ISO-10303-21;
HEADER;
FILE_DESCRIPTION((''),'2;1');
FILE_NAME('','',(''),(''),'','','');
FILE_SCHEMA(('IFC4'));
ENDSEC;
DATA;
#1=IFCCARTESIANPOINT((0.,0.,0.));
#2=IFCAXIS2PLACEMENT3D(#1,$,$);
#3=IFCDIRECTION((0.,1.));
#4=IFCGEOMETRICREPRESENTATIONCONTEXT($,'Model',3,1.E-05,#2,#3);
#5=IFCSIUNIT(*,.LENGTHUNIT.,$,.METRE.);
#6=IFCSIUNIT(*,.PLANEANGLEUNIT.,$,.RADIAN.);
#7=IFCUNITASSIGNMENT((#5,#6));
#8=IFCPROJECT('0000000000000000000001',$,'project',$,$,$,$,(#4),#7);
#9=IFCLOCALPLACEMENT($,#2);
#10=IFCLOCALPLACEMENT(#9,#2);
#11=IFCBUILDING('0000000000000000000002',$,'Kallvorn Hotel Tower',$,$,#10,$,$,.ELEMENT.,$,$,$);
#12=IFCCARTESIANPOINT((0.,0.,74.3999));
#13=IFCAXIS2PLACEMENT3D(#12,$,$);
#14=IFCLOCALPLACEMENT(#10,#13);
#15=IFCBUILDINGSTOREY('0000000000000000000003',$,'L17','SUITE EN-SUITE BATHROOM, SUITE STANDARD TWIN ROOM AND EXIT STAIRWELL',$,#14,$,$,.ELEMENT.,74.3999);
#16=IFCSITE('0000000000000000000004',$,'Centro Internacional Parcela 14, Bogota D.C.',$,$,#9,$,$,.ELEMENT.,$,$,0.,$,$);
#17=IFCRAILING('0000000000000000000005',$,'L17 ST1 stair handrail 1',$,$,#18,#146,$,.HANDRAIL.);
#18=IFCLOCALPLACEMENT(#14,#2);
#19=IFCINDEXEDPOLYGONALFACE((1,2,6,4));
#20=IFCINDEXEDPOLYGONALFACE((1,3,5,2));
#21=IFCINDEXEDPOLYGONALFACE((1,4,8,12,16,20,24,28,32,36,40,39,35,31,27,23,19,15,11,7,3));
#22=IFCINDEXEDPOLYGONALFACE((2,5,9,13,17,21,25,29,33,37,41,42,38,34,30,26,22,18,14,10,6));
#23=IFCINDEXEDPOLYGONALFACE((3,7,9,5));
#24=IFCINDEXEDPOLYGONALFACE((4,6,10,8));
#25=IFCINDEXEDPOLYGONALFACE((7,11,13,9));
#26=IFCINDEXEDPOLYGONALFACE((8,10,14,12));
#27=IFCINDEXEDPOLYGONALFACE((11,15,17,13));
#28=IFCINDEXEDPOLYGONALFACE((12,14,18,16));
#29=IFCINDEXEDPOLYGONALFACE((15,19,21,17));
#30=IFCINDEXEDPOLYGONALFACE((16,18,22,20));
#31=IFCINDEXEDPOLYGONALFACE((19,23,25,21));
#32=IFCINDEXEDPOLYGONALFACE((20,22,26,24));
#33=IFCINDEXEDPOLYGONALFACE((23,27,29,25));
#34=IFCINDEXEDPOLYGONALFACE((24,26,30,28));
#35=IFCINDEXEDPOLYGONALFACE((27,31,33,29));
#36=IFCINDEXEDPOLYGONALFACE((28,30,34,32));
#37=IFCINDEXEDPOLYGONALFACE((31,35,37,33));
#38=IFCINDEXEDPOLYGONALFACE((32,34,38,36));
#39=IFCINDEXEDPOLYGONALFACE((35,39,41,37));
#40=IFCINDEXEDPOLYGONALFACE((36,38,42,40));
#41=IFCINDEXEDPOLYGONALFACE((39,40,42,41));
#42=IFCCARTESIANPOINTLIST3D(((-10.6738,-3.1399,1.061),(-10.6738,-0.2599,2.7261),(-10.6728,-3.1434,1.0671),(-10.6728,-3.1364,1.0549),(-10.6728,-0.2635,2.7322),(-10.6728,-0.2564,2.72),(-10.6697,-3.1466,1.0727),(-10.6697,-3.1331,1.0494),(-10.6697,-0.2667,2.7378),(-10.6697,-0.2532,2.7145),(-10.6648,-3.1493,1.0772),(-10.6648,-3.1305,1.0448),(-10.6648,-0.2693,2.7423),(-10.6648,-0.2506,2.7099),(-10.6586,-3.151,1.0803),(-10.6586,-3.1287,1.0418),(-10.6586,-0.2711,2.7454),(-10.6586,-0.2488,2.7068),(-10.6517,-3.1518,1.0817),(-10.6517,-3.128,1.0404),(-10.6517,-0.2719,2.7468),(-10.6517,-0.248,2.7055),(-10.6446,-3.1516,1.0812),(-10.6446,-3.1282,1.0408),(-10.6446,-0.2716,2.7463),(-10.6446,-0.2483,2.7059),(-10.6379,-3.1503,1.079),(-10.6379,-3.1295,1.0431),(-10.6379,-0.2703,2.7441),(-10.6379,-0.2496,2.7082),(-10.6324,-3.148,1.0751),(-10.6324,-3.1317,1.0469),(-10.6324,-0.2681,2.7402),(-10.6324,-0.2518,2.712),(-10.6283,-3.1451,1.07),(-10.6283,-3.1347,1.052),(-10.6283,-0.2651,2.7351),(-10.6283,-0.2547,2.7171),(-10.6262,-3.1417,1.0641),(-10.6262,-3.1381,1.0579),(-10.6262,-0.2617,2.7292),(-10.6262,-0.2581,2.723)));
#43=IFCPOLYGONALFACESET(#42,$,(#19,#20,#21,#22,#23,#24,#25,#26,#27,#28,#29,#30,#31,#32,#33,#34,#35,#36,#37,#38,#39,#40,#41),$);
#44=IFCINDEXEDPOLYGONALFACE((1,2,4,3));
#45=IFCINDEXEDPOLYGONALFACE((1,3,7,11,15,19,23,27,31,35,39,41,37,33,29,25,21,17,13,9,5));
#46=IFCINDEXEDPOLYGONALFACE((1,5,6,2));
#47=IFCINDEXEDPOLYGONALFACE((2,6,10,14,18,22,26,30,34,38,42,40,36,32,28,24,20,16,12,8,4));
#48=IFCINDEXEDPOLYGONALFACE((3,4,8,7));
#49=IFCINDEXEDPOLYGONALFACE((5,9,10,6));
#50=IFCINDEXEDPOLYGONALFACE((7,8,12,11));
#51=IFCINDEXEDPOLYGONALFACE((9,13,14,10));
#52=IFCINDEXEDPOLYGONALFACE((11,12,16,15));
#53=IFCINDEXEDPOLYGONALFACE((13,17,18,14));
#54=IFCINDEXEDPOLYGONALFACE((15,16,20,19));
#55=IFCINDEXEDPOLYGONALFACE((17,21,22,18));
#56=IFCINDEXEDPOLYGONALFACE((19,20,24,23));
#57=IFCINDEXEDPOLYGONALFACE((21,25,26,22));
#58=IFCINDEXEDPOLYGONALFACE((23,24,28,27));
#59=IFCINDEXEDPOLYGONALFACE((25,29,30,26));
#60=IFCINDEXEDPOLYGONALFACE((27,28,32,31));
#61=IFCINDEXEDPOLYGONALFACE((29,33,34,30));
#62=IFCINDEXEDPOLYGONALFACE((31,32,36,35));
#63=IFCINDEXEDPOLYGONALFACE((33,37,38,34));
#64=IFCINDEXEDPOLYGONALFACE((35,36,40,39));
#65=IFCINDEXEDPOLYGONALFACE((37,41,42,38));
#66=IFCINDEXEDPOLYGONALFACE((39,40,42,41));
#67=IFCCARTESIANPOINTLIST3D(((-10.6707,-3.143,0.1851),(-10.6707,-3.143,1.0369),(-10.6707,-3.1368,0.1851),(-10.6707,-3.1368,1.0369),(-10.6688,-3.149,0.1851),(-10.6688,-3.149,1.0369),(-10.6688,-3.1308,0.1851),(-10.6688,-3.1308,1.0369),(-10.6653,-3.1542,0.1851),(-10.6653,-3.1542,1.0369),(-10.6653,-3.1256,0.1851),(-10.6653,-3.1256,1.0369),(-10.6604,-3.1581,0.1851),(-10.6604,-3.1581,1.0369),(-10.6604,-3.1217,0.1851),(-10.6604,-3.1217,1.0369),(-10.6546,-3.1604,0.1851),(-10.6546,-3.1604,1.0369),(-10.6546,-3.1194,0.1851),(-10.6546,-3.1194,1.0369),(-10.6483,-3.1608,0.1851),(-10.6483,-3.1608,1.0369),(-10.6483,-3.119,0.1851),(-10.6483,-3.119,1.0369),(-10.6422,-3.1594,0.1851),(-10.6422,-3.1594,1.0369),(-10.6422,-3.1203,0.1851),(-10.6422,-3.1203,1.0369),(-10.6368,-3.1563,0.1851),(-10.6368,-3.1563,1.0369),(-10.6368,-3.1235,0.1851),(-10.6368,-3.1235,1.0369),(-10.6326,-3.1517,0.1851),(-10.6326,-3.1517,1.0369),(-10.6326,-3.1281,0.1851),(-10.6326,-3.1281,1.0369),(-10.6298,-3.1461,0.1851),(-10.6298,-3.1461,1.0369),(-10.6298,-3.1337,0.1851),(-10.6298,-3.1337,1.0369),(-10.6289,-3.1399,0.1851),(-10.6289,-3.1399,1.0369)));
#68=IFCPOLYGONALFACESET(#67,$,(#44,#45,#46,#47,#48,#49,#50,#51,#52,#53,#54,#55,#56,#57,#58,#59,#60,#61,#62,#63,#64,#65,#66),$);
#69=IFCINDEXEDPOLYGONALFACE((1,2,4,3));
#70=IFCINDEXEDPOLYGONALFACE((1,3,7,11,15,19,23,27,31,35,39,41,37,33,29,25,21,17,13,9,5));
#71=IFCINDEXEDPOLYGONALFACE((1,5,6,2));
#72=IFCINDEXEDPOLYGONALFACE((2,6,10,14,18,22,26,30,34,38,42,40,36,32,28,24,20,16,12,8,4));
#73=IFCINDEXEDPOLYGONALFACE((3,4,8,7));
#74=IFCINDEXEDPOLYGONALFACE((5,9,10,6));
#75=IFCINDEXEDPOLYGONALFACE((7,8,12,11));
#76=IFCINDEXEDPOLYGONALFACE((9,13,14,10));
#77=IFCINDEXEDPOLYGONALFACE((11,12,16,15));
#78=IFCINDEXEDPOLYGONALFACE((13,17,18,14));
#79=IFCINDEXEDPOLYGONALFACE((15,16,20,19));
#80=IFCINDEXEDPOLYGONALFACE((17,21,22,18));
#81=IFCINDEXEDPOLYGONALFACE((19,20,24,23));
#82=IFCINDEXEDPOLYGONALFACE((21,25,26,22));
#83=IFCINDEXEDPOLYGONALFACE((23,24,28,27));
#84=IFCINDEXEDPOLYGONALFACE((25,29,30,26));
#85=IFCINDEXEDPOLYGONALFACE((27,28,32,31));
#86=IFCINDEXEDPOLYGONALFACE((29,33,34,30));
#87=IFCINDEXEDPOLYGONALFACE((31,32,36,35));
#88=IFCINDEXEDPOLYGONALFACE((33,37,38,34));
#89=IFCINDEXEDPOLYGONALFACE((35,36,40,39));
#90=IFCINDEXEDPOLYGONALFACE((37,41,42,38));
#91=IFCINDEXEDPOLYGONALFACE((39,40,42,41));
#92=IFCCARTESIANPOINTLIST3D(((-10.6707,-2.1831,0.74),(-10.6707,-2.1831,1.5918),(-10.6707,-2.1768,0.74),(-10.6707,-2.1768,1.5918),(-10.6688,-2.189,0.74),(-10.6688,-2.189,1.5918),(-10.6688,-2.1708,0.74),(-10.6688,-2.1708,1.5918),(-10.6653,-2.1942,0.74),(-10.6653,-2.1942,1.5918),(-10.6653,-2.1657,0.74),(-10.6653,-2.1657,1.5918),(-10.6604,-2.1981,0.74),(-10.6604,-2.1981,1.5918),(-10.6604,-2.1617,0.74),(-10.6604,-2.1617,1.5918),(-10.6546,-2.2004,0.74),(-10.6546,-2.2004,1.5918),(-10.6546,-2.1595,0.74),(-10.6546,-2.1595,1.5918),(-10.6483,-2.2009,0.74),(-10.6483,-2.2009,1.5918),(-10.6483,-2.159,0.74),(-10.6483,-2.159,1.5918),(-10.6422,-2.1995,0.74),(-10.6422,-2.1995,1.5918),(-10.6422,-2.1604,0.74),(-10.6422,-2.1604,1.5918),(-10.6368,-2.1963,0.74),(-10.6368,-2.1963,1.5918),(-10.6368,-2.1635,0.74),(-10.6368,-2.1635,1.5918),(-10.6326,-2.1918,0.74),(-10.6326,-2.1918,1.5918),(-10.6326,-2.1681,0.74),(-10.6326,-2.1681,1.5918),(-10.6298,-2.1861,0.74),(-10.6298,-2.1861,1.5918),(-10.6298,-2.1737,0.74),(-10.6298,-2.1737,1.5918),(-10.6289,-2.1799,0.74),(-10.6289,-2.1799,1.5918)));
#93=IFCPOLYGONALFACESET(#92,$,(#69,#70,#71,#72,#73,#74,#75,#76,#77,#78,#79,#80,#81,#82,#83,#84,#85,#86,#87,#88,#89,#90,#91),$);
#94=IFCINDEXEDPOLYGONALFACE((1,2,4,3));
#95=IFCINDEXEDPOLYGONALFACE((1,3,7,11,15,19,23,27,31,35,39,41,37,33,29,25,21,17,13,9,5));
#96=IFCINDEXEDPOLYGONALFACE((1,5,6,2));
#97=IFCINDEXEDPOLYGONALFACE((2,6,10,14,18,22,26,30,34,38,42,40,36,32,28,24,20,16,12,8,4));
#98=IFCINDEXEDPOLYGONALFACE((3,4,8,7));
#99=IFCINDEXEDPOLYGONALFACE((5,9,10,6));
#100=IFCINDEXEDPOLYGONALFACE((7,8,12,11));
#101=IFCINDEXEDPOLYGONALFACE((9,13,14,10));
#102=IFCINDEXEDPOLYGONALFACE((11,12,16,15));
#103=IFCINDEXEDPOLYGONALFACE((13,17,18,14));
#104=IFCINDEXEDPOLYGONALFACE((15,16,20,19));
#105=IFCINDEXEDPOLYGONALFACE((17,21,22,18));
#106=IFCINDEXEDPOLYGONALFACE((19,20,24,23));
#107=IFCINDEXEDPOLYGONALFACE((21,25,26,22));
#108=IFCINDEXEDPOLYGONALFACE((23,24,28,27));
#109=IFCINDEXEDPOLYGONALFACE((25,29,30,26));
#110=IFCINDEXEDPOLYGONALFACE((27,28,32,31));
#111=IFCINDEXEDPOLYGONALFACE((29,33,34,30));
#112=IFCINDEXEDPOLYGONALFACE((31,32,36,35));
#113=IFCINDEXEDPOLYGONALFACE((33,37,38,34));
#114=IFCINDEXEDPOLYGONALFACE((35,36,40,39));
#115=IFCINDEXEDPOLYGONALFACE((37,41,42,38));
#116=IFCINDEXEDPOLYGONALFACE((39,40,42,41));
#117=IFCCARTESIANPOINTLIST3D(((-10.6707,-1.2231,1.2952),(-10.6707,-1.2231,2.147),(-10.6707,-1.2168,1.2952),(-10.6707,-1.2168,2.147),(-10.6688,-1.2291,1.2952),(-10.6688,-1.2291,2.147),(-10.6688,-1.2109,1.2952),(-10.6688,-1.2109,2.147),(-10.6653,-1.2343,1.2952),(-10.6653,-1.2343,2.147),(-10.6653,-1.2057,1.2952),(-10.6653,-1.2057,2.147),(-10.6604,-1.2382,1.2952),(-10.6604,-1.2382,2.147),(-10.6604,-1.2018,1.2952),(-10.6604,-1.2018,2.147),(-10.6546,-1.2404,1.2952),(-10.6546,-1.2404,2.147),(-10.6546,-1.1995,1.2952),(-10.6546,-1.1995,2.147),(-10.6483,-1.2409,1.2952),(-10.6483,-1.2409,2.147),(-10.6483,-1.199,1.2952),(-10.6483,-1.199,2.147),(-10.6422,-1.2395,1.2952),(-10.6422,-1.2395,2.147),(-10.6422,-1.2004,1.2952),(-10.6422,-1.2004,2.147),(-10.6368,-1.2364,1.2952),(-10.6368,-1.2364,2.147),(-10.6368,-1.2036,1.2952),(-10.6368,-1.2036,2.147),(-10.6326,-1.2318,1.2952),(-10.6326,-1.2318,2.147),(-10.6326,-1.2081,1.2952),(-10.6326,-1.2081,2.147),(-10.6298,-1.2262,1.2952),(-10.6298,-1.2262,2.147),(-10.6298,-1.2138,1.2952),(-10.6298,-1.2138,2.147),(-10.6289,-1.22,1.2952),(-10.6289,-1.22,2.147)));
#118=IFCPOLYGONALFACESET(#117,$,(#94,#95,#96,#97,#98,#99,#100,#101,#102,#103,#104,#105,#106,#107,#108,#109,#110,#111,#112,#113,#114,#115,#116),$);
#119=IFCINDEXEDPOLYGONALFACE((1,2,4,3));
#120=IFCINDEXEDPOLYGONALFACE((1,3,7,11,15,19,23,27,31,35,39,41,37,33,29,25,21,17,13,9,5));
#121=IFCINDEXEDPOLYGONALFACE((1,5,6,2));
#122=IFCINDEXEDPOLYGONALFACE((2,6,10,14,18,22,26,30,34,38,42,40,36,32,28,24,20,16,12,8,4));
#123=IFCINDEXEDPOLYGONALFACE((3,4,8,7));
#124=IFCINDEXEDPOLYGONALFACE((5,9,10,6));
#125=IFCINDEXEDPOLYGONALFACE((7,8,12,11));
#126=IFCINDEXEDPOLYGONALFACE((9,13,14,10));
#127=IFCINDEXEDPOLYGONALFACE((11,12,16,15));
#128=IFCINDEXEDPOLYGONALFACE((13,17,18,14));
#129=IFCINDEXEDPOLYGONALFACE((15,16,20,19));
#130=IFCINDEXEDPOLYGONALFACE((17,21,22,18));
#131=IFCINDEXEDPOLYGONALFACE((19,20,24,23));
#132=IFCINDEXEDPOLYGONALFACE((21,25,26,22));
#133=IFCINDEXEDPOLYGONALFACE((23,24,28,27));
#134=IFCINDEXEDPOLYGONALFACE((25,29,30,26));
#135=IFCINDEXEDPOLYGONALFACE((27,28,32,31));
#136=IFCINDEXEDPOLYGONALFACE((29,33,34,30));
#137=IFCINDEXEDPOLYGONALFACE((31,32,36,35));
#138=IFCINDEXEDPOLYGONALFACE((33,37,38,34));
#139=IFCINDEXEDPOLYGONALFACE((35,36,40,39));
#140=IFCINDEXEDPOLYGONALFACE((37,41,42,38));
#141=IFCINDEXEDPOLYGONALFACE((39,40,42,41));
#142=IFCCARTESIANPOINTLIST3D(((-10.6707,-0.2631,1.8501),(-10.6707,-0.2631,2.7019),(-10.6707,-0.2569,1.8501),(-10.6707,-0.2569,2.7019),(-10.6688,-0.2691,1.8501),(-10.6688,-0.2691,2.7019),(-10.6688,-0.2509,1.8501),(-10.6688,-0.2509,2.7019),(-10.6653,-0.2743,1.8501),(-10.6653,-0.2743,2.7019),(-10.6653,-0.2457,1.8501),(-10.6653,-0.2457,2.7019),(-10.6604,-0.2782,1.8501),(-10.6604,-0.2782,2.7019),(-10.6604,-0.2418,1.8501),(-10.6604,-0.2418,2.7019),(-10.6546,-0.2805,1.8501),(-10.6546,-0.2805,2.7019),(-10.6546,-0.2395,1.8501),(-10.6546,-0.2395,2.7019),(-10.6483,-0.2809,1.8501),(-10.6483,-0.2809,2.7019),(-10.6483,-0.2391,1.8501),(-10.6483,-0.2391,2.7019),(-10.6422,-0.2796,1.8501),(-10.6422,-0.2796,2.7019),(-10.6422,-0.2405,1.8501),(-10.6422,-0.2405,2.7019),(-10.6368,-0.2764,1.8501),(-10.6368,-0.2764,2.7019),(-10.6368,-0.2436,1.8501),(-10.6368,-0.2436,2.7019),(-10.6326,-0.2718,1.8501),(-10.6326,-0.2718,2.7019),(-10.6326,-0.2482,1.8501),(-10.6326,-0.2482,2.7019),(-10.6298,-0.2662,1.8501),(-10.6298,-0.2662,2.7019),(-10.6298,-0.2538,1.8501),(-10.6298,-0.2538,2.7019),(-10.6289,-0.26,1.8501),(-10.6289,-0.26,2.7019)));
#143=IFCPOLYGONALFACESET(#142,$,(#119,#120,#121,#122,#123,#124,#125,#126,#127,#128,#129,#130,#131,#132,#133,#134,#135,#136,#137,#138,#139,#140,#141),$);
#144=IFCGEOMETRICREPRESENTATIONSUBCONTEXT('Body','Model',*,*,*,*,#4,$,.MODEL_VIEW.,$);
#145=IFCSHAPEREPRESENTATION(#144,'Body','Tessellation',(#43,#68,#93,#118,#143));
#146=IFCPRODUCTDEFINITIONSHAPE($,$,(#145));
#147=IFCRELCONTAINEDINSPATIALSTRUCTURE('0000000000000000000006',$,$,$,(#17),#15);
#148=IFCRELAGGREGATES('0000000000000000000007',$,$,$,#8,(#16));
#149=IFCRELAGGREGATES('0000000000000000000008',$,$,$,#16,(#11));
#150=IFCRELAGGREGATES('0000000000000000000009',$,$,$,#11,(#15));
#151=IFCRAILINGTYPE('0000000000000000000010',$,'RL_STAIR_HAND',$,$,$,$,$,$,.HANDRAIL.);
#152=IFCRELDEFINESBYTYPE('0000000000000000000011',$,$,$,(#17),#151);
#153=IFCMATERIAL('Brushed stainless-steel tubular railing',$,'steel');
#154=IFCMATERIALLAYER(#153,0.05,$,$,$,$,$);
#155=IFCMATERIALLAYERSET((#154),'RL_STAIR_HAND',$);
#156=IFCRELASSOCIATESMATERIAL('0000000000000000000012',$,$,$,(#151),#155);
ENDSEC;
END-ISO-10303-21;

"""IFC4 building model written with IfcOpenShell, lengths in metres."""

from ifc_helpers import new_model, si_unit, direction, frame, origin, origin_2d, place, context, subcontext, project, spatial, circle, extrude, material, layer, layer_set, type_object, element, save


model = new_model("IFC4")

# Units and contexts
model_context = context("Model", 3, precision=1e-05, world=origin(), true_north=direction((0.0, 1.0)))
body_context = subcontext(model_context, "Body", "Model", "MODEL_VIEW")
ifc_project = project(units=[si_unit("LENGTHUNIT", "METRE"), si_unit("PLANEANGLEUNIT", "RADIAN")], contexts=[model_context])

# Site, building, storey
site_placement = place(None, origin())
site = spatial("IfcSite", under=ifc_project, at=site_placement, Name="Centro Internacional Parcela 14, Bogota D.C.", CompositionType="ELEMENT", RefElevation=0.0)
building_placement = place(site_placement, origin())
building = spatial("IfcBuilding", under=site, at=building_placement, Name="Kallvorn Hotel Tower", CompositionType="ELEMENT")
storey_placement = place(building_placement, frame((0.0, 0.0, 74.3999)))
storey = spatial("IfcBuildingStorey", under=building, at=storey_placement, Name="L17", Description="SUITE EN-SUITE BATHROOM, SUITE STANDARD TWIN ROOM AND EXIT STAIRWELL", CompositionType="ELEMENT", Elevation=74.3999)

# Railing
ifc_material_1 = material(Name="Brushed stainless-steel tubular railing", Category="steel")
ifc_layer_1 = layer(ifc_material_1, 0.05)
ifc_layer_set_1 = layer_set([ifc_layer_1], Name="RL_STAIR_HAND")
railing_type_1 = type_object("IfcRailingType", Name="RL_STAIR_HAND", PredefinedType="HANDRAIL", material=ifc_layer_set_1)
railing_1_placement = place(storey_placement, frame((-10.6499, -3.1399, 0.1851)))
element("IfcRailing", 1, at=railing_1_placement, inside=storey, type_object=railing_type_1, Name="L17 ST1 stair handrail 1", PredefinedType="HANDRAIL", context=body_context, shape_type="SweptSolid", body=[
    extrude(circle(Radius=0.0239, at=origin_2d()), frame((0.0, 0.0, 0.876), z_axis=(0.0, 0.865721, 0.500527), x_axis=(-1.0, 0.0, 0.0)), (0.0, 0.0, 1.0), 3.3267),
    extrude(circle(Radius=0.021, at=origin_2d()), origin(), (0.0, 0.0, 1.0), 0.8518),
    extrude(circle(Radius=0.021, at=origin_2d()), frame((0.0, 0.96, 0.5549)), (0.0, 0.0, 1.0), 0.8518),
    extrude(circle(Radius=0.021, at=origin_2d()), frame((0.0, 1.9199, 1.1101)), (0.0, 0.0, 1.0), 0.8518),
    extrude(circle(Radius=0.021, at=origin_2d()), frame((0.0, 2.8799, 1.665)), (0.0, 0.0, 1.0), 0.8518),
])

save(model, "model.ifc")
